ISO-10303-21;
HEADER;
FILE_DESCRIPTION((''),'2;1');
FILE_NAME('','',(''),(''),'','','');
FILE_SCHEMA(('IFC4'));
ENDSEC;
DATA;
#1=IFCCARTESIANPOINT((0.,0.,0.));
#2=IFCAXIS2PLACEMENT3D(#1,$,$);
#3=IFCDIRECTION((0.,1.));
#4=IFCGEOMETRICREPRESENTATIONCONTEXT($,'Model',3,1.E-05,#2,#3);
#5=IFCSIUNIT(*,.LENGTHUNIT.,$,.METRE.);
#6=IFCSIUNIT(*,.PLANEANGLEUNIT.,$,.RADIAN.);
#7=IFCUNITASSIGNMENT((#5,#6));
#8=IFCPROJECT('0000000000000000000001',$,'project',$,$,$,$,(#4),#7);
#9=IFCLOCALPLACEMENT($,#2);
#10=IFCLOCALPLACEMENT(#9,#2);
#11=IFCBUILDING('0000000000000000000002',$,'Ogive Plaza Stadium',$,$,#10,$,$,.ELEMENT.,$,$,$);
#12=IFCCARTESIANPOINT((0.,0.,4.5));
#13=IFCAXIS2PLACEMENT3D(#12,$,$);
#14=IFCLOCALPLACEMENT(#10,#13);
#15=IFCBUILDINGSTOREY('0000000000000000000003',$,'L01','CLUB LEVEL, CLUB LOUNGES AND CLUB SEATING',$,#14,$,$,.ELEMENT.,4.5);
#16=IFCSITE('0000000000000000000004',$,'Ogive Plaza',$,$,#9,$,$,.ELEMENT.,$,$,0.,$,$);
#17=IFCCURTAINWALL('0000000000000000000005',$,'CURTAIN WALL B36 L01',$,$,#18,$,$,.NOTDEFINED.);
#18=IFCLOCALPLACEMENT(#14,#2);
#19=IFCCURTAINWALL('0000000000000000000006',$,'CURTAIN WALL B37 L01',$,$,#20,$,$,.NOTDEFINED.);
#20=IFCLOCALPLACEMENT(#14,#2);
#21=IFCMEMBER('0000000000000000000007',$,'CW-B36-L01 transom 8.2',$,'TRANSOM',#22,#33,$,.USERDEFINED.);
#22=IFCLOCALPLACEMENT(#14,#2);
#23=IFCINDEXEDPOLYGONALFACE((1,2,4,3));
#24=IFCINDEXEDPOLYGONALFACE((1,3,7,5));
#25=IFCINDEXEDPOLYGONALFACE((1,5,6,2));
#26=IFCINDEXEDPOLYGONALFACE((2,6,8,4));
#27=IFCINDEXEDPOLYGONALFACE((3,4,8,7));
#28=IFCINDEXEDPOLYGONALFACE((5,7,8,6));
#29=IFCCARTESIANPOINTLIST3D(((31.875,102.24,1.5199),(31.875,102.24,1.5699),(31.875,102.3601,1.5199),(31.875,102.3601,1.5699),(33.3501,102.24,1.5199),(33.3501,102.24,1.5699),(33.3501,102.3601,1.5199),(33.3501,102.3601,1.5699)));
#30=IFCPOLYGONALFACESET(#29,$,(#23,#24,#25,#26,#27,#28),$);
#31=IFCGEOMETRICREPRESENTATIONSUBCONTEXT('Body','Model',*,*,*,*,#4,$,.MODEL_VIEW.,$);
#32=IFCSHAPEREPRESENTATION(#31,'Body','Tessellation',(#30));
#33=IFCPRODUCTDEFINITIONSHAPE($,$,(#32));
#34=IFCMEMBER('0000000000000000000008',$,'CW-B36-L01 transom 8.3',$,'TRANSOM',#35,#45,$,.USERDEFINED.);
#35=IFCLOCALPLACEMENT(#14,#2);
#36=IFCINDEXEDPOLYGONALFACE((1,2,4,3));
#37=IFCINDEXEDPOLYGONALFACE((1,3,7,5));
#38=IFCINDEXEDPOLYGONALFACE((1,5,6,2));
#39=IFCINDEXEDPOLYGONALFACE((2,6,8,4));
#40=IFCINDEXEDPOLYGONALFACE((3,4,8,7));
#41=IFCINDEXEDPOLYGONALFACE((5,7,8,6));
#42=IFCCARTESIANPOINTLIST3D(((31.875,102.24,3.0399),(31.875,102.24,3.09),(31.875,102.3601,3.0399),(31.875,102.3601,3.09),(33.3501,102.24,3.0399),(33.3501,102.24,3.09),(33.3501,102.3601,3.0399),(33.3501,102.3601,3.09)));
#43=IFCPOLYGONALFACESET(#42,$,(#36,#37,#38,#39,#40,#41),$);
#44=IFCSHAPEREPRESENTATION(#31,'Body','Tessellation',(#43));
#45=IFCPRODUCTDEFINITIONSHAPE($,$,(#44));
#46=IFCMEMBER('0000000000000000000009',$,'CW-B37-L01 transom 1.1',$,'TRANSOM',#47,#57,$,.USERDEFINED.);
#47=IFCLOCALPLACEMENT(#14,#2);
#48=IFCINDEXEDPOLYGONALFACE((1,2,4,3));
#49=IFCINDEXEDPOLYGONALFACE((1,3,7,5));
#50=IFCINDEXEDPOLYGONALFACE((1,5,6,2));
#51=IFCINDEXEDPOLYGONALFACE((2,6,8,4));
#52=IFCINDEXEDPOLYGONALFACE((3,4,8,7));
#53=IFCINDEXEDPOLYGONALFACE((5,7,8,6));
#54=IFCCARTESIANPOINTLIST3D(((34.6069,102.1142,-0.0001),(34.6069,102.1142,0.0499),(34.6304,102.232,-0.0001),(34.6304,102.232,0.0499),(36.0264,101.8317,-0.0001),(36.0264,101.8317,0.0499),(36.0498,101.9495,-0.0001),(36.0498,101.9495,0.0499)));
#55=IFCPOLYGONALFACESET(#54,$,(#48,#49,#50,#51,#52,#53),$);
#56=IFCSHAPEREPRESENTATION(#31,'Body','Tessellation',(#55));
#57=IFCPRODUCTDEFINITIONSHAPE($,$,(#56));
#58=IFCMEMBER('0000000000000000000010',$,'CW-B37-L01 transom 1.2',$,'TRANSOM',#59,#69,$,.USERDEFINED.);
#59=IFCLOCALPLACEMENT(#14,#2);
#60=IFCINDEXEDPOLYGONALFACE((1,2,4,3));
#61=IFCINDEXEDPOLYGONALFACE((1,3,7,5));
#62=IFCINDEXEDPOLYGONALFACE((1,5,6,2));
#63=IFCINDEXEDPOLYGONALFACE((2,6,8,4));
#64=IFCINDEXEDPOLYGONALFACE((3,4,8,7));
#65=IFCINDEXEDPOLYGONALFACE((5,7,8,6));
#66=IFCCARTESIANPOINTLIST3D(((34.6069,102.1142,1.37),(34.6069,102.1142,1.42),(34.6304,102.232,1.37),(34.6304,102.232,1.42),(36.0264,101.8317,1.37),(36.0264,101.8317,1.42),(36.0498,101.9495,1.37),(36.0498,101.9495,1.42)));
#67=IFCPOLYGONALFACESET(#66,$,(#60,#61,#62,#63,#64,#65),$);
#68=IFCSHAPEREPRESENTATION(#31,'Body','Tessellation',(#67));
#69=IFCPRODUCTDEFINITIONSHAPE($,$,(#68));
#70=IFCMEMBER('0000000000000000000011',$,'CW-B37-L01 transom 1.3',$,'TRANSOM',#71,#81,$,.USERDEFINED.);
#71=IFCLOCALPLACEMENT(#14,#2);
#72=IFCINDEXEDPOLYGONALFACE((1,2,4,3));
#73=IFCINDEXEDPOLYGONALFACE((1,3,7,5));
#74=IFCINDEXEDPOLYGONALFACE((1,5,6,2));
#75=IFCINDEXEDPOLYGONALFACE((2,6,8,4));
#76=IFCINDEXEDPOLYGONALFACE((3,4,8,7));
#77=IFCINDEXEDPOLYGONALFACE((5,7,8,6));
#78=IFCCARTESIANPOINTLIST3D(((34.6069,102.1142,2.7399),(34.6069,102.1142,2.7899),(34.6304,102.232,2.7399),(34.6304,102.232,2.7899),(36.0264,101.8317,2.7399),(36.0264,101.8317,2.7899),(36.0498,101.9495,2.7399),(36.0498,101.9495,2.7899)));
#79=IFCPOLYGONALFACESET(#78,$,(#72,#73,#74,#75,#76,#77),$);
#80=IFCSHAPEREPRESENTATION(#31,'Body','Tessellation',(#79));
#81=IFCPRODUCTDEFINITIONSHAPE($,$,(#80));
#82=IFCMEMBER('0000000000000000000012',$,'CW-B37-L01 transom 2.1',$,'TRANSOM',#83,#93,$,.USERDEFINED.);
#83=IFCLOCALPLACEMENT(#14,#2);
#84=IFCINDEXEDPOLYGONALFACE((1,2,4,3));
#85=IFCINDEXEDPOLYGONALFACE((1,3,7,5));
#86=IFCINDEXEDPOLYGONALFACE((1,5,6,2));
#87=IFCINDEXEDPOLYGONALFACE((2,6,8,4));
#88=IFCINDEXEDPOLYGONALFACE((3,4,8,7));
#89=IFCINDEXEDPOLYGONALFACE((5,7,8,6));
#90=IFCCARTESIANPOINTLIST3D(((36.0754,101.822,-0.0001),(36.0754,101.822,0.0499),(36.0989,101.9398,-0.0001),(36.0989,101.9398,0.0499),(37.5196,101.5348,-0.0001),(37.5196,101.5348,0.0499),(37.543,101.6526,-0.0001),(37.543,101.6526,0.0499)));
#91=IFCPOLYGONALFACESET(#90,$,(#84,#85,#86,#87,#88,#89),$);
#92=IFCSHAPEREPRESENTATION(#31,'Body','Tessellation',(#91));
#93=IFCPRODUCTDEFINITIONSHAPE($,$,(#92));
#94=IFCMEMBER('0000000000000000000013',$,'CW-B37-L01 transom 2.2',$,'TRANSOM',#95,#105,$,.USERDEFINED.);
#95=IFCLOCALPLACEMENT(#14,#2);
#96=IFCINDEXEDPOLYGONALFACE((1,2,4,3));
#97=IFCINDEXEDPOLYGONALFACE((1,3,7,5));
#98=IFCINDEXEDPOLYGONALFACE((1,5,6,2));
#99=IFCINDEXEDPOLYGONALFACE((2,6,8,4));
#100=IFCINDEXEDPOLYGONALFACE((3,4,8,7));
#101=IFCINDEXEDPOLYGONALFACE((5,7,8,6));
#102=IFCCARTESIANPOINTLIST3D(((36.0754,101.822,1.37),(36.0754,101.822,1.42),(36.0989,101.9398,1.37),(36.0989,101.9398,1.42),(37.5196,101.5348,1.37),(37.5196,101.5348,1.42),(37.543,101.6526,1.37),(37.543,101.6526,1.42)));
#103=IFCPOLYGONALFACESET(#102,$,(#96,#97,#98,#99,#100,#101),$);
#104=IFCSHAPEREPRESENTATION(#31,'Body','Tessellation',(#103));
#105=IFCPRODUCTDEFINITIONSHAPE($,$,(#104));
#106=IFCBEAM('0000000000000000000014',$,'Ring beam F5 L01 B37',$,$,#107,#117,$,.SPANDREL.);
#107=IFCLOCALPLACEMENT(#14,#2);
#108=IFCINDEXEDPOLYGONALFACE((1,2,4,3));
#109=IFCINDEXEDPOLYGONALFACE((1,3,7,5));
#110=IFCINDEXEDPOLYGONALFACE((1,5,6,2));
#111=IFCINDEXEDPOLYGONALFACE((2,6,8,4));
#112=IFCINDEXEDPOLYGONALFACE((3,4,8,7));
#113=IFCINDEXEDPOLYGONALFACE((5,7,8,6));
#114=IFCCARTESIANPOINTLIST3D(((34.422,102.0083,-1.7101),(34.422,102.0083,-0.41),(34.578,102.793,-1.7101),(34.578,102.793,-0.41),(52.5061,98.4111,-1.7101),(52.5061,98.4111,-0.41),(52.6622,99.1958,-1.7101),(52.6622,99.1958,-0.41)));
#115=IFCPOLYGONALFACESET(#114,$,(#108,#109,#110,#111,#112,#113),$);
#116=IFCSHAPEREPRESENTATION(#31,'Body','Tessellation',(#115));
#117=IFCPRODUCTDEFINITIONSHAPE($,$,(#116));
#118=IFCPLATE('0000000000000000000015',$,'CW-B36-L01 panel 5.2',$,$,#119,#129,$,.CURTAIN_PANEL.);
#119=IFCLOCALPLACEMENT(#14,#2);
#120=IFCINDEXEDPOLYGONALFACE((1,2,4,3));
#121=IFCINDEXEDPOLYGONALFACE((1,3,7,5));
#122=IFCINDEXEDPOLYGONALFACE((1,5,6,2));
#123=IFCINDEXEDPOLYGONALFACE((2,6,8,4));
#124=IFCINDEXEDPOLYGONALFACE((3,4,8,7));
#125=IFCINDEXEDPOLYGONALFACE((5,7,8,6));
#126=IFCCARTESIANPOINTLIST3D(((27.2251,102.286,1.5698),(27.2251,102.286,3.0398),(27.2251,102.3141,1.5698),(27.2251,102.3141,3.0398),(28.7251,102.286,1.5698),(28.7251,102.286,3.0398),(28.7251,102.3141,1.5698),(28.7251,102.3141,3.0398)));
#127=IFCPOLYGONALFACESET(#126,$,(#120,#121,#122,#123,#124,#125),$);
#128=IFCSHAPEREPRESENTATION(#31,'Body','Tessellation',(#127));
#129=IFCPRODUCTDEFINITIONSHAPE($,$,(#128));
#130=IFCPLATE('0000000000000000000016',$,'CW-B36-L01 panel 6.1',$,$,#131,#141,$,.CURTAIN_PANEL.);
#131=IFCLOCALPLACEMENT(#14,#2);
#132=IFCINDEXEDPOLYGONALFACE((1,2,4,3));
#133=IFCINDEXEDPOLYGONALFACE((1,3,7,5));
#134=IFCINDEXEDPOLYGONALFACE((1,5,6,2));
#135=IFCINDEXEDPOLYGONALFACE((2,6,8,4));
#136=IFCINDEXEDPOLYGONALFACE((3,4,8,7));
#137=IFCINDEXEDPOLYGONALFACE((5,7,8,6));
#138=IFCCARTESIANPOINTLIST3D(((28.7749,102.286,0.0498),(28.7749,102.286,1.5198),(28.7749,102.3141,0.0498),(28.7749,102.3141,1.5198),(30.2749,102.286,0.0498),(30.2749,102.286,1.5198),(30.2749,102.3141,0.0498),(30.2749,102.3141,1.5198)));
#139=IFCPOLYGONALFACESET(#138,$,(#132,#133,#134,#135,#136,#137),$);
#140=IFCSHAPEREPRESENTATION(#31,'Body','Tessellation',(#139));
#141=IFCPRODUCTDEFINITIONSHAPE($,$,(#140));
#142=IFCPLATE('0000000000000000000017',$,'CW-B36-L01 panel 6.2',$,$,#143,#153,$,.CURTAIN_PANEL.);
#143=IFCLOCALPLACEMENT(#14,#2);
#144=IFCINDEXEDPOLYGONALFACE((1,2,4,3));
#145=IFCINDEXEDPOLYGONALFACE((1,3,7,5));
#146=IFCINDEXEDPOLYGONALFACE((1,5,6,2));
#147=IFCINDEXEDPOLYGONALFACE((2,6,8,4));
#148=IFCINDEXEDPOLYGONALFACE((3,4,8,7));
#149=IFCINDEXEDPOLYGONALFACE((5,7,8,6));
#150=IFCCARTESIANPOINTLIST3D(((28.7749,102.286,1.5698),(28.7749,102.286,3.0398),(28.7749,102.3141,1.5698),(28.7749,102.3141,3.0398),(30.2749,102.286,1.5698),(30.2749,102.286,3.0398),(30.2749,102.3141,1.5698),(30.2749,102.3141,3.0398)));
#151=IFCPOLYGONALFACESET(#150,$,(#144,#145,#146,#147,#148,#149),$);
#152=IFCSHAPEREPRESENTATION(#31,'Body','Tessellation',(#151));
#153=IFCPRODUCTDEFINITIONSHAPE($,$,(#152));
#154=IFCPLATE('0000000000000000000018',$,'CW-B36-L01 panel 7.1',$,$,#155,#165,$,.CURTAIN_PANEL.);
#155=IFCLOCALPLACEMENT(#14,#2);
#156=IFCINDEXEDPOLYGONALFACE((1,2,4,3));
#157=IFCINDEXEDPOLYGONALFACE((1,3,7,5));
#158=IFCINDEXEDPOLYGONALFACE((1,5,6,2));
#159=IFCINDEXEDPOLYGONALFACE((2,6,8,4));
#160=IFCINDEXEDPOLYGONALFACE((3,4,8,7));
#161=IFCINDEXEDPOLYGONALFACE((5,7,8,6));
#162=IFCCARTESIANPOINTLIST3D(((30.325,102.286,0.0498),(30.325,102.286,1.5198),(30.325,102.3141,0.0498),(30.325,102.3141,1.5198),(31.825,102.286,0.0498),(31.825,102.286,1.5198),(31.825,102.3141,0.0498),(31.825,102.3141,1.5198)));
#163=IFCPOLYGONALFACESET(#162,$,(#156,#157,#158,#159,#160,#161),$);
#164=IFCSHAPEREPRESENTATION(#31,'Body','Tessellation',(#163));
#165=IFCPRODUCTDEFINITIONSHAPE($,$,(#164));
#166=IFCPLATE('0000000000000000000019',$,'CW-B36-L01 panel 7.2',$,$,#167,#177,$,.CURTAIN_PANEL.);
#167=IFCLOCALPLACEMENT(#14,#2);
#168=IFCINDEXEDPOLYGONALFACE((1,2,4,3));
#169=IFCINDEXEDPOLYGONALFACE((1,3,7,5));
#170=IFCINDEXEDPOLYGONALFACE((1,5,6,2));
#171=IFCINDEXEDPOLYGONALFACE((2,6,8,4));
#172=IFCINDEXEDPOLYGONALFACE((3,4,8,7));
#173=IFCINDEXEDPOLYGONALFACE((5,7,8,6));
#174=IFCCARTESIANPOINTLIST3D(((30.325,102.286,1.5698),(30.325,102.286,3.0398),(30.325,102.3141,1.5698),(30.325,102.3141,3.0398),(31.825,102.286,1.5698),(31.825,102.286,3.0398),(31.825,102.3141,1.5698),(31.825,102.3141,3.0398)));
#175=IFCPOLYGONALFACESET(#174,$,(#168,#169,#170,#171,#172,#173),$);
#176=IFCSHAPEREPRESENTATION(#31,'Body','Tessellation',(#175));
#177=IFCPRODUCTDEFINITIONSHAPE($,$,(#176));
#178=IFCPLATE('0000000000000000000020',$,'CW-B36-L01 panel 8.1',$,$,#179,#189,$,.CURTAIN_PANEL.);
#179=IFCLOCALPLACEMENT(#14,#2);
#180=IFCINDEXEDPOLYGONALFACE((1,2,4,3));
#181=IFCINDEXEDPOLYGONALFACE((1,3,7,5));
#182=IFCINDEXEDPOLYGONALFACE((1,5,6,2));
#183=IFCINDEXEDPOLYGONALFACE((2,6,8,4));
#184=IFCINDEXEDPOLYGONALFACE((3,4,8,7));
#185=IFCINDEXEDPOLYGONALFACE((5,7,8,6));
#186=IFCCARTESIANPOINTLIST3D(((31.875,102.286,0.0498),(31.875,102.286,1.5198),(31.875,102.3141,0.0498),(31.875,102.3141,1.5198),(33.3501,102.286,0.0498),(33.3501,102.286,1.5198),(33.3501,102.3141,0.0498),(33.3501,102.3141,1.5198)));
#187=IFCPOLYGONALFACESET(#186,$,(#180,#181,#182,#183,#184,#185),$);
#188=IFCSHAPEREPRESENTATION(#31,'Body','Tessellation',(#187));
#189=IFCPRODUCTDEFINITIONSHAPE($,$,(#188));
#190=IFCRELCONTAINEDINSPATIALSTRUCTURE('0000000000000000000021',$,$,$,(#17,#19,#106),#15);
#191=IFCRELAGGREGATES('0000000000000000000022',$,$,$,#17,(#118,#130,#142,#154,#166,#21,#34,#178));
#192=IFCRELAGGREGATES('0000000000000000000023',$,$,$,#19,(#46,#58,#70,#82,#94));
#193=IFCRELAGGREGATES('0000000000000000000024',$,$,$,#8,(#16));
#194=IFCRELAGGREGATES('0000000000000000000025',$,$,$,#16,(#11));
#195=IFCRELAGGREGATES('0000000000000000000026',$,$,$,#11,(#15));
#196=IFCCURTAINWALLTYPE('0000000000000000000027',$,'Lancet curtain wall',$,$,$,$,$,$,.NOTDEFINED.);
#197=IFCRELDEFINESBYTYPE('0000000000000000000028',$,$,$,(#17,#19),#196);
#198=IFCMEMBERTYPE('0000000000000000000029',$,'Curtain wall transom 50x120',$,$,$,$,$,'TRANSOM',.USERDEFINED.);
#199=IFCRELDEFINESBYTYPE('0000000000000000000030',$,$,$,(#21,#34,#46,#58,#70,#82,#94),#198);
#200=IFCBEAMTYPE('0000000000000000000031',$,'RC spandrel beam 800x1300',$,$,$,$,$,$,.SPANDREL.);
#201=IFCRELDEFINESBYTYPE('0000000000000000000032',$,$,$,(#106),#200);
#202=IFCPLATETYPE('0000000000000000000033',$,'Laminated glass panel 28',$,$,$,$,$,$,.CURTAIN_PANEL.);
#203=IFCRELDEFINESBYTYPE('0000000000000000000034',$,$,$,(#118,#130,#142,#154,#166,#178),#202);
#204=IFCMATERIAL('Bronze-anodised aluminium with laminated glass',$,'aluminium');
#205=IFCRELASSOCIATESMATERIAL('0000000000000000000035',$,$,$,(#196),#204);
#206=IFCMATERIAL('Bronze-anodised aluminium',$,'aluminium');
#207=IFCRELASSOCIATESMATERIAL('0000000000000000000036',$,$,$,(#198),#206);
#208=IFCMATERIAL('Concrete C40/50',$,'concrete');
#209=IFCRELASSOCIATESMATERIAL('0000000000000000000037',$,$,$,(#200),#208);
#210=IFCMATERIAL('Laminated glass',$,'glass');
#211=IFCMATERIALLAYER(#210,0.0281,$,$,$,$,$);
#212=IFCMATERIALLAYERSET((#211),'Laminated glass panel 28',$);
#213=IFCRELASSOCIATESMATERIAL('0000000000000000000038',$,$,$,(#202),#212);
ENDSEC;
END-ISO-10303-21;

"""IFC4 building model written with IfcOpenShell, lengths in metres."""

from ifc_helpers import new_model, si_unit, direction, frame, origin, origin_2d, place, context, subcontext, project, spatial, rectangle, extrude, material, layer, layer_set, material_profile, profile_set, type_object, element, aggregate, save


model = new_model("IFC4")

# Units and contexts
model_context = context("Model", 3, precision=1e-05, world=origin(), true_north=direction((0.0, 1.0)))
body_context = subcontext(model_context, "Body", "Model", "MODEL_VIEW")
ifc_project = project(units=[si_unit("LENGTHUNIT", "METRE"), si_unit("PLANEANGLEUNIT", "RADIAN")], contexts=[model_context])

# Site, building, storey
site_placement = place(None, origin())
site = spatial("IfcSite", under=ifc_project, at=site_placement, Name="Ogive Plaza", CompositionType="ELEMENT", RefElevation=0.0)
building_placement = place(site_placement, origin())
building = spatial("IfcBuilding", under=site, at=building_placement, Name="Ogive Plaza Stadium", CompositionType="ELEMENT")
storey_placement = place(building_placement, frame((0.0, 0.0, 4.5)))
storey = spatial("IfcBuildingStorey", under=building, at=storey_placement, Name="L01", Description="CLUB LEVEL, CLUB LOUNGES AND CLUB SEATING", CompositionType="ELEMENT", Elevation=4.5)

# Curtain walls
ifc_material_1 = material(Name="Bronze-anodised aluminium with laminated glass", Category="aluminium")
curtain_wall_type = type_object("IfcCurtainWallType", Name="Lancet curtain wall", PredefinedType="NOTDEFINED", material=ifc_material_1)
curtain_wall_1_placement = place(storey_placement, origin())
curtain_wall_1 = element("IfcCurtainWall", 1, at=curtain_wall_1_placement, inside=storey, type_object=curtain_wall_type, Name="CURTAIN WALL B36 L01", PredefinedType="NOTDEFINED")
curtain_wall_2_placement = place(storey_placement, origin())
curtain_wall_2 = element("IfcCurtainWall", 2, at=curtain_wall_2_placement, inside=storey, type_object=curtain_wall_type, Name="CURTAIN WALL B37 L01", PredefinedType="NOTDEFINED")

# Members
ifc_material_2 = material(Name="Bronze-anodised aluminium", Category="aluminium")
ifc_material_profile_1 = material_profile(ifc_material_2, rectangle(XDim=0.1201, YDim=0.05, at=origin_2d()), Name="AL 120x50")
ifc_profile_set_1 = profile_set([ifc_material_profile_1], Name="Bronze-anodised aluminium")
member_type_1 = type_object("IfcMemberType", Name="Curtain wall transom 50x120", ElementType="TRANSOM", PredefinedType="USERDEFINED", material=ifc_profile_set_1)
member_1_placement = place(storey_placement, frame((31.875, 102.3, 1.5449), z_axis=(1.0, 0.0, 0.0), x_axis=(0.0, 1.0, 0.0)))
member_1 = element("IfcMember", 3, at=member_1_placement, type_object=member_type_1, Name="CW-B36-L01 transom 8.2", ObjectType="TRANSOM", PredefinedType="USERDEFINED", context=body_context, shape_type="SweptSolid", body=[
    extrude(rectangle(XDim=0.1201, YDim=0.05, at=origin_2d()), origin(), (0.0, 0.0, 1.0), 1.4751),
])
member_2_placement = place(storey_placement, frame((31.875, 102.3, 3.0649), z_axis=(1.0, 0.0, 0.0), x_axis=(0.0, 1.0, 0.0)))
member_2 = element("IfcMember", 4, at=member_2_placement, type_object=member_type_1, Name="CW-B36-L01 transom 8.3", ObjectType="TRANSOM", PredefinedType="USERDEFINED", context=body_context, shape_type="SweptSolid", body=[
    extrude(rectangle(XDim=0.1201, YDim=0.05, at=origin_2d()), origin(), (0.0, 0.0, 1.0), 1.4751),
])
member_3_placement = place(storey_placement, frame((34.6187, 102.1731, 0.0249), z_axis=(0.980768, -0.195175, 0.0), x_axis=(0.195175, 0.980768, 0.0)))
member_3 = element("IfcMember", 5, at=member_3_placement, type_object=member_type_1, Name="CW-B37-L01 transom 1.1", ObjectType="TRANSOM", PredefinedType="USERDEFINED", context=body_context, shape_type="SweptSolid", body=[
    extrude(rectangle(XDim=0.1201, YDim=0.05, at=origin_2d()), origin(), (0.0, 0.0, 1.0), 1.4473),
])
member_4_placement = place(storey_placement, frame((34.6187, 102.1731, 1.395), z_axis=(0.980768, -0.195175, 0.0), x_axis=(0.195175, 0.980768, 0.0)))
member_4 = element("IfcMember", 6, at=member_4_placement, type_object=member_type_1, Name="CW-B37-L01 transom 1.2", ObjectType="TRANSOM", PredefinedType="USERDEFINED", context=body_context, shape_type="SweptSolid", body=[
    extrude(rectangle(XDim=0.1201, YDim=0.05, at=origin_2d()), origin(), (0.0, 0.0, 1.0), 1.4473),
])
member_5_placement = place(storey_placement, frame((34.6187, 102.1731, 2.7649), z_axis=(0.980768, -0.195175, 0.0), x_axis=(0.195175, 0.980768, 0.0)))
member_5 = element("IfcMember", 7, at=member_5_placement, type_object=member_type_1, Name="CW-B37-L01 transom 1.3", ObjectType="TRANSOM", PredefinedType="USERDEFINED", context=body_context, shape_type="SweptSolid", body=[
    extrude(rectangle(XDim=0.1201, YDim=0.05, at=origin_2d()), origin(), (0.0, 0.0, 1.0), 1.4473),
])
member_6_placement = place(storey_placement, frame((36.0872, 101.8809, 0.0249), z_axis=(0.980803, -0.195, 0.0), x_axis=(0.195, 0.980803, 0.0)))
member_6 = element("IfcMember", 8, at=member_6_placement, type_object=member_type_1, Name="CW-B37-L01 transom 2.1", ObjectType="TRANSOM", PredefinedType="USERDEFINED", context=body_context, shape_type="SweptSolid", body=[
    extrude(rectangle(XDim=0.1201, YDim=0.05, at=origin_2d()), origin(), (0.0, 0.0, 1.0), 1.4724),
])
member_7_placement = place(storey_placement, frame((36.0872, 101.8809, 1.395), z_axis=(0.980803, -0.195, 0.0), x_axis=(0.195, 0.980803, 0.0)))
member_7 = element("IfcMember", 9, at=member_7_placement, type_object=member_type_1, Name="CW-B37-L01 transom 2.2", ObjectType="TRANSOM", PredefinedType="USERDEFINED", context=body_context, shape_type="SweptSolid", body=[
    extrude(rectangle(XDim=0.1201, YDim=0.05, at=origin_2d()), origin(), (0.0, 0.0, 1.0), 1.4724),
])

# Beam
ifc_material_3 = material(Name="Concrete C40/50", Category="concrete")
ifc_material_profile_2 = material_profile(ifc_material_3, rectangle(XDim=0.8, YDim=1.3, at=origin_2d()), Name="RC 800x1300")
ifc_profile_set_2 = profile_set([ifc_material_profile_2], Name="Concrete C40/50")
beam_type = type_object("IfcBeamType", Name="RC spandrel beam 800x1300", PredefinedType="SPANDREL", material=ifc_profile_set_2)
beam_placement = place(storey_placement, frame((34.5, 102.4006, -1.0601), z_axis=(0.980785, -0.19509, 0.0), x_axis=(0.19509, 0.980785, 0.0)))
element("IfcBeam", 10, at=beam_placement, inside=storey, type_object=beam_type, Name="Ring beam F5 L01 B37", PredefinedType="SPANDREL", context=body_context, shape_type="SweptSolid", body=[
    extrude(rectangle(XDim=0.8, YDim=1.3, at=origin_2d()), origin(), (0.0, 0.0, 1.0), 18.4385),
])

# Plates
ifc_material_4 = material(Name="Laminated glass", Category="glass")
ifc_layer = layer(ifc_material_4, 0.0281)
ifc_layer_set = layer_set([ifc_layer], Name="Laminated glass panel 28")
plate_type = type_object("IfcPlateType", Name="Laminated glass panel 28", PredefinedType="CURTAIN_PANEL", material=ifc_layer_set)
plate_1_placement = place(storey_placement, frame((27.9751, 102.3, 1.5698), z_axis=(0.0, 0.0, 1.0), x_axis=(1.0, 0.0, 0.0)))
plate_1 = element("IfcPlate", 11, at=plate_1_placement, type_object=plate_type, Name="CW-B36-L01 panel 5.2", PredefinedType="CURTAIN_PANEL", context=body_context, shape_type="SweptSolid", body=[
    extrude(rectangle(XDim=1.5, YDim=0.0281, at=origin_2d()), origin(), (0.0, 0.0, 1.0), 1.47),
])
plate_2_placement = place(storey_placement, frame((29.5249, 102.3, 0.0498), z_axis=(0.0, 0.0, 1.0), x_axis=(1.0, 0.0, 0.0)))
plate_2 = element("IfcPlate", 12, at=plate_2_placement, type_object=plate_type, Name="CW-B36-L01 panel 6.1", PredefinedType="CURTAIN_PANEL", context=body_context, shape_type="SweptSolid", body=[
    extrude(rectangle(XDim=1.5, YDim=0.0281, at=origin_2d()), origin(), (0.0, 0.0, 1.0), 1.47),
])
plate_3_placement = place(storey_placement, frame((29.5249, 102.3, 1.5698), z_axis=(0.0, 0.0, 1.0), x_axis=(1.0, 0.0, 0.0)))
plate_3 = element("IfcPlate", 13, at=plate_3_placement, type_object=plate_type, Name="CW-B36-L01 panel 6.2", PredefinedType="CURTAIN_PANEL", context=body_context, shape_type="SweptSolid", body=[
    extrude(rectangle(XDim=1.5, YDim=0.0281, at=origin_2d()), origin(), (0.0, 0.0, 1.0), 1.47),
])
plate_4_placement = place(storey_placement, frame((31.075, 102.3, 0.0498), z_axis=(0.0, 0.0, 1.0), x_axis=(1.0, 0.0, 0.0)))
plate_4 = element("IfcPlate", 14, at=plate_4_placement, type_object=plate_type, Name="CW-B36-L01 panel 7.1", PredefinedType="CURTAIN_PANEL", context=body_context, shape_type="SweptSolid", body=[
    extrude(rectangle(XDim=1.5, YDim=0.0281, at=origin_2d()), origin(), (0.0, 0.0, 1.0), 1.47),
])
plate_5_placement = place(storey_placement, frame((31.075, 102.3, 1.5698), z_axis=(0.0, 0.0, 1.0), x_axis=(1.0, 0.0, 0.0)))
plate_5 = element("IfcPlate", 15, at=plate_5_placement, type_object=plate_type, Name="CW-B36-L01 panel 7.2", PredefinedType="CURTAIN_PANEL", context=body_context, shape_type="SweptSolid", body=[
    extrude(rectangle(XDim=1.5, YDim=0.0281, at=origin_2d()), origin(), (0.0, 0.0, 1.0), 1.47),
])
plate_6_placement = place(storey_placement, frame((32.6125, 102.3, 0.0498), z_axis=(0.0, 0.0, 1.0), x_axis=(1.0, 0.0, 0.0)))
plate_6 = element("IfcPlate", 16, at=plate_6_placement, type_object=plate_type, Name="CW-B36-L01 panel 8.1", PredefinedType="CURTAIN_PANEL", context=body_context, shape_type="SweptSolid", body=[
    extrude(rectangle(XDim=1.4751, YDim=0.0281, at=origin_2d()), origin(), (0.0, 0.0, 1.0), 1.47),
])
aggregate(curtain_wall_1, [plate_1, plate_2, plate_3, plate_4, plate_5, member_1, member_2, plate_6])
aggregate(curtain_wall_2, [member_3, member_4, member_5, member_6, member_7])

save(model, "model.ifc")
